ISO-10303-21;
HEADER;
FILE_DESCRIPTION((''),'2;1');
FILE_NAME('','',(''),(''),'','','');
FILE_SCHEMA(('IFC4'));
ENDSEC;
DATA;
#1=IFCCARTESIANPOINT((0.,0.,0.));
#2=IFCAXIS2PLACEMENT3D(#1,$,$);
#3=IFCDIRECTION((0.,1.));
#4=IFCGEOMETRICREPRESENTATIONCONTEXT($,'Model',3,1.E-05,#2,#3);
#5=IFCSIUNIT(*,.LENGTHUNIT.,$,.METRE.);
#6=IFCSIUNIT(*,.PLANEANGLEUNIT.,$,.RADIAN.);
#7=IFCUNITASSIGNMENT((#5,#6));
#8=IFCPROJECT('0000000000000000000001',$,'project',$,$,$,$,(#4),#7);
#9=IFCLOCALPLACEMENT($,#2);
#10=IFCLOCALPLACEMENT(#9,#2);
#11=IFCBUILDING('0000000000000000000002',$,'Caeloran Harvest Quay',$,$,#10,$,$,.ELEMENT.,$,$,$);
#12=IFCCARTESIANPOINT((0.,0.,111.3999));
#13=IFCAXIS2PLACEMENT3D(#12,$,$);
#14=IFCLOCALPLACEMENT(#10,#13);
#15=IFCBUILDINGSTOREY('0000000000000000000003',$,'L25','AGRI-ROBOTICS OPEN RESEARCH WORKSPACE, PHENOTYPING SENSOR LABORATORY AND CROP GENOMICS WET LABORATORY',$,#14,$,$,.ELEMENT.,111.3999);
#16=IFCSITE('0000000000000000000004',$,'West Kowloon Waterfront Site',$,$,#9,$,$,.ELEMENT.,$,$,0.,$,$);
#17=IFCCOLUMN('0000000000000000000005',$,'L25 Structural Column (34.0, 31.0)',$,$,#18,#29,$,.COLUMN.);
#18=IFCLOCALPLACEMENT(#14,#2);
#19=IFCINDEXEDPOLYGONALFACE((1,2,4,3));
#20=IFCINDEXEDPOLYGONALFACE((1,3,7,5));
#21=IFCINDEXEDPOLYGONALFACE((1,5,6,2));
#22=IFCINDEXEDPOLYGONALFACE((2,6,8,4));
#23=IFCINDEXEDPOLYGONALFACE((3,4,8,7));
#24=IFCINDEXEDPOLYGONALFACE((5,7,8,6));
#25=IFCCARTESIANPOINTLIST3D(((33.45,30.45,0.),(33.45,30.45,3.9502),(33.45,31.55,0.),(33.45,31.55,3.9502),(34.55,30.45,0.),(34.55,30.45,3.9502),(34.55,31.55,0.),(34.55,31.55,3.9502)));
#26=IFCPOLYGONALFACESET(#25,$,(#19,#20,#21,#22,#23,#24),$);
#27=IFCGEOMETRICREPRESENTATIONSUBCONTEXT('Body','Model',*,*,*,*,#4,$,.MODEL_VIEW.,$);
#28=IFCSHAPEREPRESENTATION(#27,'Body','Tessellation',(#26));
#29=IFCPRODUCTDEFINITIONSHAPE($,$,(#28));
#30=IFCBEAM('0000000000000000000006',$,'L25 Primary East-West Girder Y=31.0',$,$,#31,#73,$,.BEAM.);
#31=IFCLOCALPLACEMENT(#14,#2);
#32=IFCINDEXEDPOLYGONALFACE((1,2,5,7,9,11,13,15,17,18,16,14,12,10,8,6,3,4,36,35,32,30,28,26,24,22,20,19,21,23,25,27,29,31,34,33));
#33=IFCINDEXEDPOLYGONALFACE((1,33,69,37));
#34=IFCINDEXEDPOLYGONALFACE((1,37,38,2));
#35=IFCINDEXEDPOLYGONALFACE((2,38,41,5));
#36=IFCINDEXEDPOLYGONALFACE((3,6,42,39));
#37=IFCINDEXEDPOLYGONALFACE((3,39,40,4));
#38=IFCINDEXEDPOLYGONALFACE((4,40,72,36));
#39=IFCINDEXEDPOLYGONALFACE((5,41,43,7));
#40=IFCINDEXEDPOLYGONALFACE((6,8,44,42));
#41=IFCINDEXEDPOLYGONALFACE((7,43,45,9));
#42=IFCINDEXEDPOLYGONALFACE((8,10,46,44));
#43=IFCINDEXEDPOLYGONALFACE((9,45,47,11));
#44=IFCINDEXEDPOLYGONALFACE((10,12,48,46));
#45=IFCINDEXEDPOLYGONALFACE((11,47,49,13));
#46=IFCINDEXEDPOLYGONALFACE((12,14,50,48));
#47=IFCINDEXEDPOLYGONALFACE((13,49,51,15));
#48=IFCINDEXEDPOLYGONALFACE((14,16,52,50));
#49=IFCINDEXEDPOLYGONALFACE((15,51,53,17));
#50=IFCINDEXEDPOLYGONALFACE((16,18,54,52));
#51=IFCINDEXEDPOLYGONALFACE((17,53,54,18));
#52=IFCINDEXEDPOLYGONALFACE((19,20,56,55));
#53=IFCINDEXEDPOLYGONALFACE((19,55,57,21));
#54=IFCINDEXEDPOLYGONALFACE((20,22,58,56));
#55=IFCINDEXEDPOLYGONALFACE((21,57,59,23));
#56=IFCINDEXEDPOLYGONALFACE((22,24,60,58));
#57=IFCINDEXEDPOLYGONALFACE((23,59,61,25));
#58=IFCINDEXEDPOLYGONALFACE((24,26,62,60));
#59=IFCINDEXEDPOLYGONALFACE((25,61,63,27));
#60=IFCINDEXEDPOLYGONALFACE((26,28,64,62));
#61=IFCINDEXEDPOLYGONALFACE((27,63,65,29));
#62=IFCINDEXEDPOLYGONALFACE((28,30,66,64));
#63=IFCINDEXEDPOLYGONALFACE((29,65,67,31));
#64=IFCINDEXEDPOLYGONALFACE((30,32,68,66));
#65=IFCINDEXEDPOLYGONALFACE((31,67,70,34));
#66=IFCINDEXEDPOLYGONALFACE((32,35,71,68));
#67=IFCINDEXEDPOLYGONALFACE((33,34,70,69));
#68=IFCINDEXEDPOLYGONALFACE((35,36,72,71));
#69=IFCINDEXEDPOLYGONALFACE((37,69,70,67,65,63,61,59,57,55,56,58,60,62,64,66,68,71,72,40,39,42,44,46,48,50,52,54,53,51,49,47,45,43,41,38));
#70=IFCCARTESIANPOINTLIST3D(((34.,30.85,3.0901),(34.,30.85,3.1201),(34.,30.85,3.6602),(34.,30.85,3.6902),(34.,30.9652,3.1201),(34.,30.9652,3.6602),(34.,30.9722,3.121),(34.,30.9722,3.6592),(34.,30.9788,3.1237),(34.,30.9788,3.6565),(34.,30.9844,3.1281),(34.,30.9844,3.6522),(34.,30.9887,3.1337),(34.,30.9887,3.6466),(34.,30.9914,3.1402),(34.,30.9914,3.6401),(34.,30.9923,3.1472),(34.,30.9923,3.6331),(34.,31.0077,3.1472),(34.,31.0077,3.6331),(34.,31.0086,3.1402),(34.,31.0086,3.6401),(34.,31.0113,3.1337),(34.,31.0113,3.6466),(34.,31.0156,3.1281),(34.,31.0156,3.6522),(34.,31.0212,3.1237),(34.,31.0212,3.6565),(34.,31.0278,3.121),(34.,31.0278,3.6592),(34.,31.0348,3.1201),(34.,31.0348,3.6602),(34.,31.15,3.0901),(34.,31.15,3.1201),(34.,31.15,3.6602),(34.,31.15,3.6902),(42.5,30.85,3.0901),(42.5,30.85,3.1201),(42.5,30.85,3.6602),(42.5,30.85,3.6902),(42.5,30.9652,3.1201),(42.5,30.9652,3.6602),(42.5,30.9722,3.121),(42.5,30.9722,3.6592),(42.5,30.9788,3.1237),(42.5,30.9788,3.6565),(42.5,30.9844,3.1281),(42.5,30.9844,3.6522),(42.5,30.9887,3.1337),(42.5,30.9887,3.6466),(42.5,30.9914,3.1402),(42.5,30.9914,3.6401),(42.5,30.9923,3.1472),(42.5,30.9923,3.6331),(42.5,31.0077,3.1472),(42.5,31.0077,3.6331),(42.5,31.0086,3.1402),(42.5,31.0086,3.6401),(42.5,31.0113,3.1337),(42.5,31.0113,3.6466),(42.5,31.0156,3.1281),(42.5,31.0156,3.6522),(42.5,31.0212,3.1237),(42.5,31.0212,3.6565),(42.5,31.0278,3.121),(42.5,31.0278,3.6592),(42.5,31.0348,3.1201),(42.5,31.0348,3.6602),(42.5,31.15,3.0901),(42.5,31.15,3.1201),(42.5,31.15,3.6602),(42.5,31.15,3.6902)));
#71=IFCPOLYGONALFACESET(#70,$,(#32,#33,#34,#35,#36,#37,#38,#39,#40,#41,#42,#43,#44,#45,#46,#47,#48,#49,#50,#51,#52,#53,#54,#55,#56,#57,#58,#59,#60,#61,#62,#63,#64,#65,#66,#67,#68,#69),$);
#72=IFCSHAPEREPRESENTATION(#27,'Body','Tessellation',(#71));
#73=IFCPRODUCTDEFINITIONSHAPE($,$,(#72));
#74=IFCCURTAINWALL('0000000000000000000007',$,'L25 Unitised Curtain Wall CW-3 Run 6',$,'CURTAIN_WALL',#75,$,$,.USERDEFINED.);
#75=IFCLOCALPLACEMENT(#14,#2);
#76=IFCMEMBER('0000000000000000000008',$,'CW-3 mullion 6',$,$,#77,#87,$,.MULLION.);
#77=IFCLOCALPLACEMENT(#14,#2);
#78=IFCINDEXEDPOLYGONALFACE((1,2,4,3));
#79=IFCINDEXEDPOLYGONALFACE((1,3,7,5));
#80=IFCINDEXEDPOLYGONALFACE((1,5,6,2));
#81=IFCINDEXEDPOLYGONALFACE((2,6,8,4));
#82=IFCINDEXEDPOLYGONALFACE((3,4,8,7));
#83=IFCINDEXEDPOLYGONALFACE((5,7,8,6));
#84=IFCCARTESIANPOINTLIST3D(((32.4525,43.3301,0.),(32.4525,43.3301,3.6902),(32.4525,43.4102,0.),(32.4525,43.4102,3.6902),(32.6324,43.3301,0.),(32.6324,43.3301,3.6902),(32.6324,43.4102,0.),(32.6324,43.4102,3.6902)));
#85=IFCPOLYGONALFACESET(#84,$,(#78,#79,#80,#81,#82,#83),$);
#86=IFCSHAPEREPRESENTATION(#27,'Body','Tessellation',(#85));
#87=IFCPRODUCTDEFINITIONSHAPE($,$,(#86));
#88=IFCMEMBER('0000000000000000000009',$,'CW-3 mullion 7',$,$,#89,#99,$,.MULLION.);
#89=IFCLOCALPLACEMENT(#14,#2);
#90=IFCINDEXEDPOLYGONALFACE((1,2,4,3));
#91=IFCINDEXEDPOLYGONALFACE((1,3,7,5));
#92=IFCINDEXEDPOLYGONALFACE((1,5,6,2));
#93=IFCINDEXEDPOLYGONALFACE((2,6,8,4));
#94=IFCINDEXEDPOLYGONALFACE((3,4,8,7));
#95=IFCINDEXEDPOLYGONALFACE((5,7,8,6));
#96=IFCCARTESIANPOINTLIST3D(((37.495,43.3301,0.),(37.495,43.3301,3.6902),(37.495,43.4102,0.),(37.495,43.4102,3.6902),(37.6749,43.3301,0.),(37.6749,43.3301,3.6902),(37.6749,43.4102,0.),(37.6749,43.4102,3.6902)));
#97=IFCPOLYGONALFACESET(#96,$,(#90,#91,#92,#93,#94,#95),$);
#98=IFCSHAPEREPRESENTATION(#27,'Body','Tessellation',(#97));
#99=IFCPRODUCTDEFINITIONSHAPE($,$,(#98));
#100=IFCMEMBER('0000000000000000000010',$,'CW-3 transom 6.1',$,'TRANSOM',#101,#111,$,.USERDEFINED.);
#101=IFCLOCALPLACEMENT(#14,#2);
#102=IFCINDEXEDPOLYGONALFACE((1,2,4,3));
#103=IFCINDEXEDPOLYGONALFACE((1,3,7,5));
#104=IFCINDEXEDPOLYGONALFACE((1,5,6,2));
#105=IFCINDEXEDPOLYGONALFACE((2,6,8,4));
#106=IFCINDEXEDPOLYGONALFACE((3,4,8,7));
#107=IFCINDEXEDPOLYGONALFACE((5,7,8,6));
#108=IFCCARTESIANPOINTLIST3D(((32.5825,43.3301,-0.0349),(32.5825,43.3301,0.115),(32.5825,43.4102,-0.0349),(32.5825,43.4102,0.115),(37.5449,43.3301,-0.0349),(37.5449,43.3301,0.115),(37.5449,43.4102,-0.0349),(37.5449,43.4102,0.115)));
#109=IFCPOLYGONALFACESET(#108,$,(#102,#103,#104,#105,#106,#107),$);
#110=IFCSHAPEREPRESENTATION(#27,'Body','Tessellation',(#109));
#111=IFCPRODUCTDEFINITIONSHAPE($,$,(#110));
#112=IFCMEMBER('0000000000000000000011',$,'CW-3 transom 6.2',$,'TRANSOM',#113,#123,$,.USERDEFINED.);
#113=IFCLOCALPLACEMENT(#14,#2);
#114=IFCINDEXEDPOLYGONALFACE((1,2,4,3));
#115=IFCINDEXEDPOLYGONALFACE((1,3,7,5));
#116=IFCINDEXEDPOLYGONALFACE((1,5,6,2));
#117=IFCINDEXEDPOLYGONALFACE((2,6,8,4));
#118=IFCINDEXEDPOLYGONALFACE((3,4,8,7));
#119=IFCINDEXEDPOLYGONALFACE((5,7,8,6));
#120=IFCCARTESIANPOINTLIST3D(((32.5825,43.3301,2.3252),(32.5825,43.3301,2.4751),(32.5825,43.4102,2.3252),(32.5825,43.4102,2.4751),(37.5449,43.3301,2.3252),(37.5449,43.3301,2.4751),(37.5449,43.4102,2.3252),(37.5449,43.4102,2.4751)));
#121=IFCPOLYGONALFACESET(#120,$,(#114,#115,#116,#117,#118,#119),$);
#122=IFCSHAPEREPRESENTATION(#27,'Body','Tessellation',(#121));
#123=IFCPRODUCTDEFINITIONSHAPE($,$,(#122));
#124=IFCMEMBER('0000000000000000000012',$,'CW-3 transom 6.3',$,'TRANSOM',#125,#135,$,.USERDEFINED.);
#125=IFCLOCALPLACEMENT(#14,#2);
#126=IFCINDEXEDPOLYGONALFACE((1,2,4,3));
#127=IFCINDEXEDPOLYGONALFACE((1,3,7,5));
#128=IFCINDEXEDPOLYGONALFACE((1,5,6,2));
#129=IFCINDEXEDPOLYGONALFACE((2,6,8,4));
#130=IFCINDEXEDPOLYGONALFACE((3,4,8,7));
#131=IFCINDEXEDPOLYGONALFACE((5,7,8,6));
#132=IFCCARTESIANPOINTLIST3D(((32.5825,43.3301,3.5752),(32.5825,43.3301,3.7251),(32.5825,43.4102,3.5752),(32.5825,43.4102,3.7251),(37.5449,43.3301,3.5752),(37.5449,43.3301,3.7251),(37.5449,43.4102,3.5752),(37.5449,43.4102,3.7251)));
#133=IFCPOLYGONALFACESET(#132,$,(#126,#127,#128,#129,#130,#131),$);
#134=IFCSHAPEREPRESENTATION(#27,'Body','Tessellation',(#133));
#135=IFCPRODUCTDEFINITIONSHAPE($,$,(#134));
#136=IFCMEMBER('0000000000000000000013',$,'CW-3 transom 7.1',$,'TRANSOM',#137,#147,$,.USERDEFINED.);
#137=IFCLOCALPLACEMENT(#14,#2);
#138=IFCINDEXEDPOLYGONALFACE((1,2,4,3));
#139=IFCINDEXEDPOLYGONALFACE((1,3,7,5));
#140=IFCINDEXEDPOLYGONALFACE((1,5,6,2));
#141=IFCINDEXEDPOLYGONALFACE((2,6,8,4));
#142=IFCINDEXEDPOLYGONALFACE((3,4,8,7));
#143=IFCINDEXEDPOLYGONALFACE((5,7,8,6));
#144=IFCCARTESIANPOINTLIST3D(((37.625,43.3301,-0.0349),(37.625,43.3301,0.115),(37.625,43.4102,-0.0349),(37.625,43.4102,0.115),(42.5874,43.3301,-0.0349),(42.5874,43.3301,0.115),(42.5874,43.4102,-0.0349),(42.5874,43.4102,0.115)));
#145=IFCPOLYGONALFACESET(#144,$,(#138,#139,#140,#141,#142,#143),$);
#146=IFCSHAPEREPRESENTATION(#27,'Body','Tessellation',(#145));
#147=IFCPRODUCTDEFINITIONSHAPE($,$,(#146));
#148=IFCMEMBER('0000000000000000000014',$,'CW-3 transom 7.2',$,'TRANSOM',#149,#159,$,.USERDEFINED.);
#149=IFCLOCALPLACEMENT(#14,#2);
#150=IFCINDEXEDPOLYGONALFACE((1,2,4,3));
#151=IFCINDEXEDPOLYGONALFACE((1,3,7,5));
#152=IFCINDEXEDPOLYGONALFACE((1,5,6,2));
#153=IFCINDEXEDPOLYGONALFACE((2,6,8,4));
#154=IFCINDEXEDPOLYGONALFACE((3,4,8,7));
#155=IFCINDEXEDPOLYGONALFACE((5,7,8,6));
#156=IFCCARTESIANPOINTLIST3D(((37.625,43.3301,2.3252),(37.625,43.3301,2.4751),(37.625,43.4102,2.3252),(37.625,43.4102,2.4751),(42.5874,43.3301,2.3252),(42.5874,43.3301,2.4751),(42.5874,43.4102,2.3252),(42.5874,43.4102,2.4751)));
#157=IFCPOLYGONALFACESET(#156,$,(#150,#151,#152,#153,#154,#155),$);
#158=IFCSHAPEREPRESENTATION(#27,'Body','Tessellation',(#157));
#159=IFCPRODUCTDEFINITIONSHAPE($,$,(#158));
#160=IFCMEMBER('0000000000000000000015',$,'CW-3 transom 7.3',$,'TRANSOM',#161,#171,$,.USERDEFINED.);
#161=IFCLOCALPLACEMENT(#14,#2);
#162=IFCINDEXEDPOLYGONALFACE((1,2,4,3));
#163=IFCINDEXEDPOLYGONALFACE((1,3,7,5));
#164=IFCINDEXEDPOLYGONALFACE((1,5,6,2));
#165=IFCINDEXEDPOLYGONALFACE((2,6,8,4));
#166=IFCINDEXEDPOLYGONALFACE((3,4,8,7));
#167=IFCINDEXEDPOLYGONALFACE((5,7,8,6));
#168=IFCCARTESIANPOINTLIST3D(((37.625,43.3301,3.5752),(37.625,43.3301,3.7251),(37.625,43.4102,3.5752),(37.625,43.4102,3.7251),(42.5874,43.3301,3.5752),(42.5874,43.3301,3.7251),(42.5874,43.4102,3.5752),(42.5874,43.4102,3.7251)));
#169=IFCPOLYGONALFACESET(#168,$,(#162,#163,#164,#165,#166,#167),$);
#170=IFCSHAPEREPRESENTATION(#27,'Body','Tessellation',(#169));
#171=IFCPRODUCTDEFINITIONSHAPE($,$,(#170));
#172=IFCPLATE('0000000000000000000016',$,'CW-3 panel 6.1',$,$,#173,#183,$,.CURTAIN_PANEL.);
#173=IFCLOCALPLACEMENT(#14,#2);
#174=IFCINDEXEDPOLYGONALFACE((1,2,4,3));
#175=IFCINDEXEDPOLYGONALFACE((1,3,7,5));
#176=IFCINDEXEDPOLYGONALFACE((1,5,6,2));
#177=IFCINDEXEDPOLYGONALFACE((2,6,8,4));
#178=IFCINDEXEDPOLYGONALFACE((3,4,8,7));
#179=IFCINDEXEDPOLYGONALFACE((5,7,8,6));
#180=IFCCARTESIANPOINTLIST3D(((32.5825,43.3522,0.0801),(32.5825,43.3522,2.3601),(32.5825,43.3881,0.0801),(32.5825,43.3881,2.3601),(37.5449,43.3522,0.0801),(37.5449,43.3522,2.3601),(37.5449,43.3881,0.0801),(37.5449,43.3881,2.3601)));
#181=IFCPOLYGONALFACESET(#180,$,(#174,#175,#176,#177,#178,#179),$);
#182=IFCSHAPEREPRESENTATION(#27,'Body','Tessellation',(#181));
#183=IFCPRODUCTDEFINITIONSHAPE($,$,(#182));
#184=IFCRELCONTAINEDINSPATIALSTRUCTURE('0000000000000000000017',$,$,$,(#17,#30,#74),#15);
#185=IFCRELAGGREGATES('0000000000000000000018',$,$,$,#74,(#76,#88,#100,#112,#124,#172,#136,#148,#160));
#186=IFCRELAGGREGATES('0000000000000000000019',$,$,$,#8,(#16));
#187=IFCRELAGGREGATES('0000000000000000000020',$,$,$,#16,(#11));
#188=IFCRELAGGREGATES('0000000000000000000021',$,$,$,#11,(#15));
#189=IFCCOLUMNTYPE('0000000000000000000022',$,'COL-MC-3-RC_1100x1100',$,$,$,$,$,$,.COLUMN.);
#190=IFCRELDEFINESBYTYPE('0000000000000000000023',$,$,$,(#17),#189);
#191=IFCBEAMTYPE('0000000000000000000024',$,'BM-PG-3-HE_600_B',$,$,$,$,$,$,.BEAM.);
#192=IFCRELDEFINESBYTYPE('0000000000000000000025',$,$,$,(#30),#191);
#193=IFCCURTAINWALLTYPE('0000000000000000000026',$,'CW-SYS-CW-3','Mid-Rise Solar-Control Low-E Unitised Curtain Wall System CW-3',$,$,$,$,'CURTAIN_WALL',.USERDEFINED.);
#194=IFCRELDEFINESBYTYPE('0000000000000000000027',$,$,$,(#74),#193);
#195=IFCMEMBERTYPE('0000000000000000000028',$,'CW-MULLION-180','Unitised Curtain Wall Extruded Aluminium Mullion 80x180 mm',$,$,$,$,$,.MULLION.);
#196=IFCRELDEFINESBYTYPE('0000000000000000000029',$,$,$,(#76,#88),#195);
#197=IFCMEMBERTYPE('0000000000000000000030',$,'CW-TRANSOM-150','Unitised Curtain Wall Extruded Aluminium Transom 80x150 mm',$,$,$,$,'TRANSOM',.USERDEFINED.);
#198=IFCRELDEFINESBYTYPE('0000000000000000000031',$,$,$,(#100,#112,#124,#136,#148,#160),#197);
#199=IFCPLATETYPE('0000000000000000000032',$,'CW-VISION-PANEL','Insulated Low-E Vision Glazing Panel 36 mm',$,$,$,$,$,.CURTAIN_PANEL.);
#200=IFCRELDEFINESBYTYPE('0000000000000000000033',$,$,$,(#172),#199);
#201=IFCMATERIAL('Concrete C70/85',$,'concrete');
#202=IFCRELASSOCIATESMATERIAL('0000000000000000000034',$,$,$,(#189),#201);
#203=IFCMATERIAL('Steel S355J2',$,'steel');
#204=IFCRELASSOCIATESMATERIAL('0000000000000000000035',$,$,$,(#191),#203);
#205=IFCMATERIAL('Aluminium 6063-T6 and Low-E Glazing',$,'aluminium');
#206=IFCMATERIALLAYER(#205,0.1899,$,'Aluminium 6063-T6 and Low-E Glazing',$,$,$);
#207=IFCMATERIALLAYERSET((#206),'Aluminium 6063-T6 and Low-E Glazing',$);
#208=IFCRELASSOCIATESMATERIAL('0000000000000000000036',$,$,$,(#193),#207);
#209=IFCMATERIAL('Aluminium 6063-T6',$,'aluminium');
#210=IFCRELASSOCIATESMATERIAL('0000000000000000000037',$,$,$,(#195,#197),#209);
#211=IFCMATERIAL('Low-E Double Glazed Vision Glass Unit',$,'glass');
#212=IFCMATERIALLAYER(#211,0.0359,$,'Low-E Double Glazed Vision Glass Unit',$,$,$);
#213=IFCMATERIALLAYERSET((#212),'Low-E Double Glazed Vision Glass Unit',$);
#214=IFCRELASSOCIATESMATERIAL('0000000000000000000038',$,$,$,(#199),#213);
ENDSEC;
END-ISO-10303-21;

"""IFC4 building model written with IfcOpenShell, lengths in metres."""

from ifc_helpers import new_model, si_unit, direction, frame, origin, origin_2d, place, context, subcontext, project, spatial, rectangle, i_section, extrude, material, layer, layer_set, material_profile, profile_set, type_object, element, aggregate, save


model = new_model("IFC4")

# Units and contexts
model_context = context("Model", 3, precision=1e-05, world=origin(), true_north=direction((0.0, 1.0)))
body_context = subcontext(model_context, "Body", "Model", "MODEL_VIEW")
ifc_project = project(units=[si_unit("LENGTHUNIT", "METRE"), si_unit("PLANEANGLEUNIT", "RADIAN")], contexts=[model_context])

# Site, building, storey
site_placement = place(None, origin())
site = spatial("IfcSite", under=ifc_project, at=site_placement, Name="West Kowloon Waterfront Site", CompositionType="ELEMENT", RefElevation=0.0)
building_placement = place(site_placement, origin())
building = spatial("IfcBuilding", under=site, at=building_placement, Name="Caeloran Harvest Quay", CompositionType="ELEMENT")
storey_placement = place(building_placement, frame((0.0, 0.0, 111.3999)))
storey = spatial("IfcBuildingStorey", under=building, at=storey_placement, Name="L25", Description="AGRI-ROBOTICS OPEN RESEARCH WORKSPACE, PHENOTYPING SENSOR LABORATORY AND CROP GENOMICS WET LABORATORY", CompositionType="ELEMENT", Elevation=111.3999)

# Column
ifc_material_1 = material(Name="Concrete C70/85", Category="concrete")
ifc_material_profile_1 = material_profile(ifc_material_1, rectangle(XDim=1.1001, YDim=1.1001, at=origin_2d()), Name="RC 1100x1100")
ifc_profile_set_1 = profile_set([ifc_material_profile_1], Name="Concrete C70/85")
column_type = type_object("IfcColumnType", Name="COL-MC-3-RC_1100x1100", PredefinedType="COLUMN", material=ifc_profile_set_1)
column_placement = place(storey_placement, frame((34.0, 31.0, 0.0), z_axis=(0.0, 0.0, 1.0), x_axis=(1.0, 0.0, 0.0)))
element("IfcColumn", 1, at=column_placement, inside=storey, type_object=column_type, Name="L25 Structural Column (34.0, 31.0)", PredefinedType="COLUMN", context=body_context, shape_type="SweptSolid", body=[
    extrude(rectangle(XDim=1.1001, YDim=1.1001, at=origin_2d()), origin(), (0.0, 0.0, 1.0), 3.9502),
])

# Beam
ifc_material_2 = material(Name="Steel S355J2", Category="steel")
ifc_material_profile_2 = material_profile(ifc_material_2, i_section(OverallWidth=0.3, OverallDepth=0.6001, WebThickness=0.0154, FlangeThickness=0.03, FilletRadius=0.0271, at=origin_2d()), Name="HE 600 B")
ifc_profile_set_2 = profile_set([ifc_material_profile_2], Name="Steel S355J2")
beam_type = type_object("IfcBeamType", Name="BM-PG-3-HE_600_B", PredefinedType="BEAM", material=ifc_profile_set_2)
beam_placement = place(storey_placement, frame((34.0, 31.0, 3.3901), z_axis=(1.0, 0.0, 0.0), x_axis=(0.0, 1.0, 0.0)))
element("IfcBeam", 2, at=beam_placement, inside=storey, type_object=beam_type, Name="L25 Primary East-West Girder Y=31.0", PredefinedType="BEAM", context=body_context, shape_type="SweptSolid", body=[
    extrude(i_section(OverallWidth=0.3, OverallDepth=0.6001, WebThickness=0.0154, FlangeThickness=0.03, FilletRadius=0.0271, at=origin_2d()), origin(), (0.0, 0.0, 1.0), 8.5),
])

# Curtain wall, members, plate
ifc_material_3 = material(Name="Aluminium 6063-T6 and Low-E Glazing", Category="aluminium")
ifc_layer_1 = layer(ifc_material_3, 0.1899, Name="Aluminium 6063-T6 and Low-E Glazing")
ifc_layer_set_1 = layer_set([ifc_layer_1], Name="Aluminium 6063-T6 and Low-E Glazing")
curtain_wall_type = type_object("IfcCurtainWallType", Name="CW-SYS-CW-3", Description="Mid-Rise Solar-Control Low-E Unitised Curtain Wall System CW-3", ElementType="CURTAIN_WALL", PredefinedType="USERDEFINED", material=ifc_layer_set_1)
curtain_wall_placement = place(storey_placement, origin())
curtain_wall = element("IfcCurtainWall", 3, at=curtain_wall_placement, inside=storey, type_object=curtain_wall_type, Name="L25 Unitised Curtain Wall CW-3 Run 6", ObjectType="CURTAIN_WALL", PredefinedType="USERDEFINED")
ifc_material_4 = material(Name="Aluminium 6063-T6", Category="aluminium")
ifc_material_profile_3 = material_profile(ifc_material_4, rectangle(XDim=0.0801, YDim=0.1799, at=origin_2d()), Name="CW-MULLION-180")
ifc_profile_set_3 = profile_set([ifc_material_profile_3], Name="Aluminium 6063-T6")
member_type_1 = type_object("IfcMemberType", Name="CW-MULLION-180", Description="Unitised Curtain Wall Extruded Aluminium Mullion 80x180 mm", PredefinedType="MULLION", material=ifc_profile_set_3)
member_1_placement = place(storey_placement, frame((32.5425, 43.3701, 0.0), z_axis=(0.0, 0.0, 1.0), x_axis=(0.0, 1.0, 0.0)))
member_1 = element("IfcMember", 4, at=member_1_placement, type_object=member_type_1, Name="CW-3 mullion 6", PredefinedType="MULLION", context=body_context, shape_type="SweptSolid", body=[
    extrude(rectangle(XDim=0.0801, YDim=0.1799, at=origin_2d()), origin(), (0.0, 0.0, 1.0), 3.6902),
])
member_2_placement = place(storey_placement, frame((37.585, 43.3701, 0.0), z_axis=(0.0, 0.0, 1.0), x_axis=(0.0, 1.0, 0.0)))
member_2 = element("IfcMember", 5, at=member_2_placement, type_object=member_type_1, Name="CW-3 mullion 7", PredefinedType="MULLION", context=body_context, shape_type="SweptSolid", body=[
    extrude(rectangle(XDim=0.0801, YDim=0.1799, at=origin_2d()), origin(), (0.0, 0.0, 1.0), 3.6902),
])
ifc_material_profile_4 = material_profile(ifc_material_4, rectangle(XDim=0.0801, YDim=0.1499, at=origin_2d()), Name="CW-TRANSOM-150")
ifc_profile_set_4 = profile_set([ifc_material_profile_4], Name="Aluminium 6063-T6")
member_type_2 = type_object("IfcMemberType", Name="CW-TRANSOM-150", Description="Unitised Curtain Wall Extruded Aluminium Transom 80x150 mm", ElementType="TRANSOM", PredefinedType="USERDEFINED", material=ifc_profile_set_4)
member_3_placement = place(storey_placement, frame((32.5825, 43.3701, 0.04), z_axis=(1.0, 0.0, 0.0), x_axis=(0.0, 1.0, 0.0)))
member_3 = element("IfcMember", 6, at=member_3_placement, type_object=member_type_2, Name="CW-3 transom 6.1", ObjectType="TRANSOM", PredefinedType="USERDEFINED", context=body_context, shape_type="SweptSolid", body=[
    extrude(rectangle(XDim=0.0801, YDim=0.1499, at=origin_2d()), origin(), (0.0, 0.0, 1.0), 4.9624),
])
member_4_placement = place(storey_placement, frame((32.5825, 43.3701, 2.4001), z_axis=(1.0, 0.0, 0.0), x_axis=(0.0, 1.0, 0.0)))
member_4 = element("IfcMember", 7, at=member_4_placement, type_object=member_type_2, Name="CW-3 transom 6.2", ObjectType="TRANSOM", PredefinedType="USERDEFINED", context=body_context, shape_type="SweptSolid", body=[
    extrude(rectangle(XDim=0.0801, YDim=0.1499, at=origin_2d()), origin(), (0.0, 0.0, 1.0), 4.9624),
])
member_5_placement = place(storey_placement, frame((32.5825, 43.3701, 3.6501), z_axis=(1.0, 0.0, 0.0), x_axis=(0.0, 1.0, 0.0)))
member_5 = element("IfcMember", 8, at=member_5_placement, type_object=member_type_2, Name="CW-3 transom 6.3", ObjectType="TRANSOM", PredefinedType="USERDEFINED", context=body_context, shape_type="SweptSolid", body=[
    extrude(rectangle(XDim=0.0801, YDim=0.1499, at=origin_2d()), origin(), (0.0, 0.0, 1.0), 4.9624),
])
member_6_placement = place(storey_placement, frame((37.625, 43.3701, 0.04), z_axis=(1.0, 0.0, 0.0), x_axis=(0.0, 1.0, 0.0)))
member_6 = element("IfcMember", 9, at=member_6_placement, type_object=member_type_2, Name="CW-3 transom 7.1", ObjectType="TRANSOM", PredefinedType="USERDEFINED", context=body_context, shape_type="SweptSolid", body=[
    extrude(rectangle(XDim=0.0801, YDim=0.1499, at=origin_2d()), origin(), (0.0, 0.0, 1.0), 4.9624),
])
member_7_placement = place(storey_placement, frame((37.625, 43.3701, 2.4001), z_axis=(1.0, 0.0, 0.0), x_axis=(0.0, 1.0, 0.0)))
member_7 = element("IfcMember", 10, at=member_7_placement, type_object=member_type_2, Name="CW-3 transom 7.2", ObjectType="TRANSOM", PredefinedType="USERDEFINED", context=body_context, shape_type="SweptSolid", body=[
    extrude(rectangle(XDim=0.0801, YDim=0.1499, at=origin_2d()), origin(), (0.0, 0.0, 1.0), 4.9624),
])
member_8_placement = place(storey_placement, frame((37.625, 43.3701, 3.6501), z_axis=(1.0, 0.0, 0.0), x_axis=(0.0, 1.0, 0.0)))
member_8 = element("IfcMember", 11, at=member_8_placement, type_object=member_type_2, Name="CW-3 transom 7.3", ObjectType="TRANSOM", PredefinedType="USERDEFINED", context=body_context, shape_type="SweptSolid", body=[
    extrude(rectangle(XDim=0.0801, YDim=0.1499, at=origin_2d()), origin(), (0.0, 0.0, 1.0), 4.9624),
])
ifc_material_5 = material(Name="Low-E Double Glazed Vision Glass Unit", Category="glass")
ifc_layer_2 = layer(ifc_material_5, 0.0359, Name="Low-E Double Glazed Vision Glass Unit")
ifc_layer_set_2 = layer_set([ifc_layer_2], Name="Low-E Double Glazed Vision Glass Unit")
plate_type = type_object("IfcPlateType", Name="CW-VISION-PANEL", Description="Insulated Low-E Vision Glazing Panel 36 mm", PredefinedType="CURTAIN_PANEL", material=ifc_layer_set_2)
plate_1_placement = place(storey_placement, frame((35.0637, 43.3701, 0.0801), z_axis=(0.0, 0.0, 1.0), x_axis=(1.0, 0.0, 0.0)))
plate_1 = element("IfcPlate", 12, at=plate_1_placement, type_object=plate_type, Name="CW-3 panel 6.1", PredefinedType="CURTAIN_PANEL", context=body_context, shape_type="SweptSolid", body=[
    extrude(rectangle(XDim=4.9624, YDim=0.0359, at=origin_2d()), origin(), (0.0, 0.0, 1.0), 2.28),
])
aggregate(curtain_wall, [member_1, member_2, member_3, member_4, member_5, plate_1, member_6, member_7, member_8])

save(model, "model.ifc")
